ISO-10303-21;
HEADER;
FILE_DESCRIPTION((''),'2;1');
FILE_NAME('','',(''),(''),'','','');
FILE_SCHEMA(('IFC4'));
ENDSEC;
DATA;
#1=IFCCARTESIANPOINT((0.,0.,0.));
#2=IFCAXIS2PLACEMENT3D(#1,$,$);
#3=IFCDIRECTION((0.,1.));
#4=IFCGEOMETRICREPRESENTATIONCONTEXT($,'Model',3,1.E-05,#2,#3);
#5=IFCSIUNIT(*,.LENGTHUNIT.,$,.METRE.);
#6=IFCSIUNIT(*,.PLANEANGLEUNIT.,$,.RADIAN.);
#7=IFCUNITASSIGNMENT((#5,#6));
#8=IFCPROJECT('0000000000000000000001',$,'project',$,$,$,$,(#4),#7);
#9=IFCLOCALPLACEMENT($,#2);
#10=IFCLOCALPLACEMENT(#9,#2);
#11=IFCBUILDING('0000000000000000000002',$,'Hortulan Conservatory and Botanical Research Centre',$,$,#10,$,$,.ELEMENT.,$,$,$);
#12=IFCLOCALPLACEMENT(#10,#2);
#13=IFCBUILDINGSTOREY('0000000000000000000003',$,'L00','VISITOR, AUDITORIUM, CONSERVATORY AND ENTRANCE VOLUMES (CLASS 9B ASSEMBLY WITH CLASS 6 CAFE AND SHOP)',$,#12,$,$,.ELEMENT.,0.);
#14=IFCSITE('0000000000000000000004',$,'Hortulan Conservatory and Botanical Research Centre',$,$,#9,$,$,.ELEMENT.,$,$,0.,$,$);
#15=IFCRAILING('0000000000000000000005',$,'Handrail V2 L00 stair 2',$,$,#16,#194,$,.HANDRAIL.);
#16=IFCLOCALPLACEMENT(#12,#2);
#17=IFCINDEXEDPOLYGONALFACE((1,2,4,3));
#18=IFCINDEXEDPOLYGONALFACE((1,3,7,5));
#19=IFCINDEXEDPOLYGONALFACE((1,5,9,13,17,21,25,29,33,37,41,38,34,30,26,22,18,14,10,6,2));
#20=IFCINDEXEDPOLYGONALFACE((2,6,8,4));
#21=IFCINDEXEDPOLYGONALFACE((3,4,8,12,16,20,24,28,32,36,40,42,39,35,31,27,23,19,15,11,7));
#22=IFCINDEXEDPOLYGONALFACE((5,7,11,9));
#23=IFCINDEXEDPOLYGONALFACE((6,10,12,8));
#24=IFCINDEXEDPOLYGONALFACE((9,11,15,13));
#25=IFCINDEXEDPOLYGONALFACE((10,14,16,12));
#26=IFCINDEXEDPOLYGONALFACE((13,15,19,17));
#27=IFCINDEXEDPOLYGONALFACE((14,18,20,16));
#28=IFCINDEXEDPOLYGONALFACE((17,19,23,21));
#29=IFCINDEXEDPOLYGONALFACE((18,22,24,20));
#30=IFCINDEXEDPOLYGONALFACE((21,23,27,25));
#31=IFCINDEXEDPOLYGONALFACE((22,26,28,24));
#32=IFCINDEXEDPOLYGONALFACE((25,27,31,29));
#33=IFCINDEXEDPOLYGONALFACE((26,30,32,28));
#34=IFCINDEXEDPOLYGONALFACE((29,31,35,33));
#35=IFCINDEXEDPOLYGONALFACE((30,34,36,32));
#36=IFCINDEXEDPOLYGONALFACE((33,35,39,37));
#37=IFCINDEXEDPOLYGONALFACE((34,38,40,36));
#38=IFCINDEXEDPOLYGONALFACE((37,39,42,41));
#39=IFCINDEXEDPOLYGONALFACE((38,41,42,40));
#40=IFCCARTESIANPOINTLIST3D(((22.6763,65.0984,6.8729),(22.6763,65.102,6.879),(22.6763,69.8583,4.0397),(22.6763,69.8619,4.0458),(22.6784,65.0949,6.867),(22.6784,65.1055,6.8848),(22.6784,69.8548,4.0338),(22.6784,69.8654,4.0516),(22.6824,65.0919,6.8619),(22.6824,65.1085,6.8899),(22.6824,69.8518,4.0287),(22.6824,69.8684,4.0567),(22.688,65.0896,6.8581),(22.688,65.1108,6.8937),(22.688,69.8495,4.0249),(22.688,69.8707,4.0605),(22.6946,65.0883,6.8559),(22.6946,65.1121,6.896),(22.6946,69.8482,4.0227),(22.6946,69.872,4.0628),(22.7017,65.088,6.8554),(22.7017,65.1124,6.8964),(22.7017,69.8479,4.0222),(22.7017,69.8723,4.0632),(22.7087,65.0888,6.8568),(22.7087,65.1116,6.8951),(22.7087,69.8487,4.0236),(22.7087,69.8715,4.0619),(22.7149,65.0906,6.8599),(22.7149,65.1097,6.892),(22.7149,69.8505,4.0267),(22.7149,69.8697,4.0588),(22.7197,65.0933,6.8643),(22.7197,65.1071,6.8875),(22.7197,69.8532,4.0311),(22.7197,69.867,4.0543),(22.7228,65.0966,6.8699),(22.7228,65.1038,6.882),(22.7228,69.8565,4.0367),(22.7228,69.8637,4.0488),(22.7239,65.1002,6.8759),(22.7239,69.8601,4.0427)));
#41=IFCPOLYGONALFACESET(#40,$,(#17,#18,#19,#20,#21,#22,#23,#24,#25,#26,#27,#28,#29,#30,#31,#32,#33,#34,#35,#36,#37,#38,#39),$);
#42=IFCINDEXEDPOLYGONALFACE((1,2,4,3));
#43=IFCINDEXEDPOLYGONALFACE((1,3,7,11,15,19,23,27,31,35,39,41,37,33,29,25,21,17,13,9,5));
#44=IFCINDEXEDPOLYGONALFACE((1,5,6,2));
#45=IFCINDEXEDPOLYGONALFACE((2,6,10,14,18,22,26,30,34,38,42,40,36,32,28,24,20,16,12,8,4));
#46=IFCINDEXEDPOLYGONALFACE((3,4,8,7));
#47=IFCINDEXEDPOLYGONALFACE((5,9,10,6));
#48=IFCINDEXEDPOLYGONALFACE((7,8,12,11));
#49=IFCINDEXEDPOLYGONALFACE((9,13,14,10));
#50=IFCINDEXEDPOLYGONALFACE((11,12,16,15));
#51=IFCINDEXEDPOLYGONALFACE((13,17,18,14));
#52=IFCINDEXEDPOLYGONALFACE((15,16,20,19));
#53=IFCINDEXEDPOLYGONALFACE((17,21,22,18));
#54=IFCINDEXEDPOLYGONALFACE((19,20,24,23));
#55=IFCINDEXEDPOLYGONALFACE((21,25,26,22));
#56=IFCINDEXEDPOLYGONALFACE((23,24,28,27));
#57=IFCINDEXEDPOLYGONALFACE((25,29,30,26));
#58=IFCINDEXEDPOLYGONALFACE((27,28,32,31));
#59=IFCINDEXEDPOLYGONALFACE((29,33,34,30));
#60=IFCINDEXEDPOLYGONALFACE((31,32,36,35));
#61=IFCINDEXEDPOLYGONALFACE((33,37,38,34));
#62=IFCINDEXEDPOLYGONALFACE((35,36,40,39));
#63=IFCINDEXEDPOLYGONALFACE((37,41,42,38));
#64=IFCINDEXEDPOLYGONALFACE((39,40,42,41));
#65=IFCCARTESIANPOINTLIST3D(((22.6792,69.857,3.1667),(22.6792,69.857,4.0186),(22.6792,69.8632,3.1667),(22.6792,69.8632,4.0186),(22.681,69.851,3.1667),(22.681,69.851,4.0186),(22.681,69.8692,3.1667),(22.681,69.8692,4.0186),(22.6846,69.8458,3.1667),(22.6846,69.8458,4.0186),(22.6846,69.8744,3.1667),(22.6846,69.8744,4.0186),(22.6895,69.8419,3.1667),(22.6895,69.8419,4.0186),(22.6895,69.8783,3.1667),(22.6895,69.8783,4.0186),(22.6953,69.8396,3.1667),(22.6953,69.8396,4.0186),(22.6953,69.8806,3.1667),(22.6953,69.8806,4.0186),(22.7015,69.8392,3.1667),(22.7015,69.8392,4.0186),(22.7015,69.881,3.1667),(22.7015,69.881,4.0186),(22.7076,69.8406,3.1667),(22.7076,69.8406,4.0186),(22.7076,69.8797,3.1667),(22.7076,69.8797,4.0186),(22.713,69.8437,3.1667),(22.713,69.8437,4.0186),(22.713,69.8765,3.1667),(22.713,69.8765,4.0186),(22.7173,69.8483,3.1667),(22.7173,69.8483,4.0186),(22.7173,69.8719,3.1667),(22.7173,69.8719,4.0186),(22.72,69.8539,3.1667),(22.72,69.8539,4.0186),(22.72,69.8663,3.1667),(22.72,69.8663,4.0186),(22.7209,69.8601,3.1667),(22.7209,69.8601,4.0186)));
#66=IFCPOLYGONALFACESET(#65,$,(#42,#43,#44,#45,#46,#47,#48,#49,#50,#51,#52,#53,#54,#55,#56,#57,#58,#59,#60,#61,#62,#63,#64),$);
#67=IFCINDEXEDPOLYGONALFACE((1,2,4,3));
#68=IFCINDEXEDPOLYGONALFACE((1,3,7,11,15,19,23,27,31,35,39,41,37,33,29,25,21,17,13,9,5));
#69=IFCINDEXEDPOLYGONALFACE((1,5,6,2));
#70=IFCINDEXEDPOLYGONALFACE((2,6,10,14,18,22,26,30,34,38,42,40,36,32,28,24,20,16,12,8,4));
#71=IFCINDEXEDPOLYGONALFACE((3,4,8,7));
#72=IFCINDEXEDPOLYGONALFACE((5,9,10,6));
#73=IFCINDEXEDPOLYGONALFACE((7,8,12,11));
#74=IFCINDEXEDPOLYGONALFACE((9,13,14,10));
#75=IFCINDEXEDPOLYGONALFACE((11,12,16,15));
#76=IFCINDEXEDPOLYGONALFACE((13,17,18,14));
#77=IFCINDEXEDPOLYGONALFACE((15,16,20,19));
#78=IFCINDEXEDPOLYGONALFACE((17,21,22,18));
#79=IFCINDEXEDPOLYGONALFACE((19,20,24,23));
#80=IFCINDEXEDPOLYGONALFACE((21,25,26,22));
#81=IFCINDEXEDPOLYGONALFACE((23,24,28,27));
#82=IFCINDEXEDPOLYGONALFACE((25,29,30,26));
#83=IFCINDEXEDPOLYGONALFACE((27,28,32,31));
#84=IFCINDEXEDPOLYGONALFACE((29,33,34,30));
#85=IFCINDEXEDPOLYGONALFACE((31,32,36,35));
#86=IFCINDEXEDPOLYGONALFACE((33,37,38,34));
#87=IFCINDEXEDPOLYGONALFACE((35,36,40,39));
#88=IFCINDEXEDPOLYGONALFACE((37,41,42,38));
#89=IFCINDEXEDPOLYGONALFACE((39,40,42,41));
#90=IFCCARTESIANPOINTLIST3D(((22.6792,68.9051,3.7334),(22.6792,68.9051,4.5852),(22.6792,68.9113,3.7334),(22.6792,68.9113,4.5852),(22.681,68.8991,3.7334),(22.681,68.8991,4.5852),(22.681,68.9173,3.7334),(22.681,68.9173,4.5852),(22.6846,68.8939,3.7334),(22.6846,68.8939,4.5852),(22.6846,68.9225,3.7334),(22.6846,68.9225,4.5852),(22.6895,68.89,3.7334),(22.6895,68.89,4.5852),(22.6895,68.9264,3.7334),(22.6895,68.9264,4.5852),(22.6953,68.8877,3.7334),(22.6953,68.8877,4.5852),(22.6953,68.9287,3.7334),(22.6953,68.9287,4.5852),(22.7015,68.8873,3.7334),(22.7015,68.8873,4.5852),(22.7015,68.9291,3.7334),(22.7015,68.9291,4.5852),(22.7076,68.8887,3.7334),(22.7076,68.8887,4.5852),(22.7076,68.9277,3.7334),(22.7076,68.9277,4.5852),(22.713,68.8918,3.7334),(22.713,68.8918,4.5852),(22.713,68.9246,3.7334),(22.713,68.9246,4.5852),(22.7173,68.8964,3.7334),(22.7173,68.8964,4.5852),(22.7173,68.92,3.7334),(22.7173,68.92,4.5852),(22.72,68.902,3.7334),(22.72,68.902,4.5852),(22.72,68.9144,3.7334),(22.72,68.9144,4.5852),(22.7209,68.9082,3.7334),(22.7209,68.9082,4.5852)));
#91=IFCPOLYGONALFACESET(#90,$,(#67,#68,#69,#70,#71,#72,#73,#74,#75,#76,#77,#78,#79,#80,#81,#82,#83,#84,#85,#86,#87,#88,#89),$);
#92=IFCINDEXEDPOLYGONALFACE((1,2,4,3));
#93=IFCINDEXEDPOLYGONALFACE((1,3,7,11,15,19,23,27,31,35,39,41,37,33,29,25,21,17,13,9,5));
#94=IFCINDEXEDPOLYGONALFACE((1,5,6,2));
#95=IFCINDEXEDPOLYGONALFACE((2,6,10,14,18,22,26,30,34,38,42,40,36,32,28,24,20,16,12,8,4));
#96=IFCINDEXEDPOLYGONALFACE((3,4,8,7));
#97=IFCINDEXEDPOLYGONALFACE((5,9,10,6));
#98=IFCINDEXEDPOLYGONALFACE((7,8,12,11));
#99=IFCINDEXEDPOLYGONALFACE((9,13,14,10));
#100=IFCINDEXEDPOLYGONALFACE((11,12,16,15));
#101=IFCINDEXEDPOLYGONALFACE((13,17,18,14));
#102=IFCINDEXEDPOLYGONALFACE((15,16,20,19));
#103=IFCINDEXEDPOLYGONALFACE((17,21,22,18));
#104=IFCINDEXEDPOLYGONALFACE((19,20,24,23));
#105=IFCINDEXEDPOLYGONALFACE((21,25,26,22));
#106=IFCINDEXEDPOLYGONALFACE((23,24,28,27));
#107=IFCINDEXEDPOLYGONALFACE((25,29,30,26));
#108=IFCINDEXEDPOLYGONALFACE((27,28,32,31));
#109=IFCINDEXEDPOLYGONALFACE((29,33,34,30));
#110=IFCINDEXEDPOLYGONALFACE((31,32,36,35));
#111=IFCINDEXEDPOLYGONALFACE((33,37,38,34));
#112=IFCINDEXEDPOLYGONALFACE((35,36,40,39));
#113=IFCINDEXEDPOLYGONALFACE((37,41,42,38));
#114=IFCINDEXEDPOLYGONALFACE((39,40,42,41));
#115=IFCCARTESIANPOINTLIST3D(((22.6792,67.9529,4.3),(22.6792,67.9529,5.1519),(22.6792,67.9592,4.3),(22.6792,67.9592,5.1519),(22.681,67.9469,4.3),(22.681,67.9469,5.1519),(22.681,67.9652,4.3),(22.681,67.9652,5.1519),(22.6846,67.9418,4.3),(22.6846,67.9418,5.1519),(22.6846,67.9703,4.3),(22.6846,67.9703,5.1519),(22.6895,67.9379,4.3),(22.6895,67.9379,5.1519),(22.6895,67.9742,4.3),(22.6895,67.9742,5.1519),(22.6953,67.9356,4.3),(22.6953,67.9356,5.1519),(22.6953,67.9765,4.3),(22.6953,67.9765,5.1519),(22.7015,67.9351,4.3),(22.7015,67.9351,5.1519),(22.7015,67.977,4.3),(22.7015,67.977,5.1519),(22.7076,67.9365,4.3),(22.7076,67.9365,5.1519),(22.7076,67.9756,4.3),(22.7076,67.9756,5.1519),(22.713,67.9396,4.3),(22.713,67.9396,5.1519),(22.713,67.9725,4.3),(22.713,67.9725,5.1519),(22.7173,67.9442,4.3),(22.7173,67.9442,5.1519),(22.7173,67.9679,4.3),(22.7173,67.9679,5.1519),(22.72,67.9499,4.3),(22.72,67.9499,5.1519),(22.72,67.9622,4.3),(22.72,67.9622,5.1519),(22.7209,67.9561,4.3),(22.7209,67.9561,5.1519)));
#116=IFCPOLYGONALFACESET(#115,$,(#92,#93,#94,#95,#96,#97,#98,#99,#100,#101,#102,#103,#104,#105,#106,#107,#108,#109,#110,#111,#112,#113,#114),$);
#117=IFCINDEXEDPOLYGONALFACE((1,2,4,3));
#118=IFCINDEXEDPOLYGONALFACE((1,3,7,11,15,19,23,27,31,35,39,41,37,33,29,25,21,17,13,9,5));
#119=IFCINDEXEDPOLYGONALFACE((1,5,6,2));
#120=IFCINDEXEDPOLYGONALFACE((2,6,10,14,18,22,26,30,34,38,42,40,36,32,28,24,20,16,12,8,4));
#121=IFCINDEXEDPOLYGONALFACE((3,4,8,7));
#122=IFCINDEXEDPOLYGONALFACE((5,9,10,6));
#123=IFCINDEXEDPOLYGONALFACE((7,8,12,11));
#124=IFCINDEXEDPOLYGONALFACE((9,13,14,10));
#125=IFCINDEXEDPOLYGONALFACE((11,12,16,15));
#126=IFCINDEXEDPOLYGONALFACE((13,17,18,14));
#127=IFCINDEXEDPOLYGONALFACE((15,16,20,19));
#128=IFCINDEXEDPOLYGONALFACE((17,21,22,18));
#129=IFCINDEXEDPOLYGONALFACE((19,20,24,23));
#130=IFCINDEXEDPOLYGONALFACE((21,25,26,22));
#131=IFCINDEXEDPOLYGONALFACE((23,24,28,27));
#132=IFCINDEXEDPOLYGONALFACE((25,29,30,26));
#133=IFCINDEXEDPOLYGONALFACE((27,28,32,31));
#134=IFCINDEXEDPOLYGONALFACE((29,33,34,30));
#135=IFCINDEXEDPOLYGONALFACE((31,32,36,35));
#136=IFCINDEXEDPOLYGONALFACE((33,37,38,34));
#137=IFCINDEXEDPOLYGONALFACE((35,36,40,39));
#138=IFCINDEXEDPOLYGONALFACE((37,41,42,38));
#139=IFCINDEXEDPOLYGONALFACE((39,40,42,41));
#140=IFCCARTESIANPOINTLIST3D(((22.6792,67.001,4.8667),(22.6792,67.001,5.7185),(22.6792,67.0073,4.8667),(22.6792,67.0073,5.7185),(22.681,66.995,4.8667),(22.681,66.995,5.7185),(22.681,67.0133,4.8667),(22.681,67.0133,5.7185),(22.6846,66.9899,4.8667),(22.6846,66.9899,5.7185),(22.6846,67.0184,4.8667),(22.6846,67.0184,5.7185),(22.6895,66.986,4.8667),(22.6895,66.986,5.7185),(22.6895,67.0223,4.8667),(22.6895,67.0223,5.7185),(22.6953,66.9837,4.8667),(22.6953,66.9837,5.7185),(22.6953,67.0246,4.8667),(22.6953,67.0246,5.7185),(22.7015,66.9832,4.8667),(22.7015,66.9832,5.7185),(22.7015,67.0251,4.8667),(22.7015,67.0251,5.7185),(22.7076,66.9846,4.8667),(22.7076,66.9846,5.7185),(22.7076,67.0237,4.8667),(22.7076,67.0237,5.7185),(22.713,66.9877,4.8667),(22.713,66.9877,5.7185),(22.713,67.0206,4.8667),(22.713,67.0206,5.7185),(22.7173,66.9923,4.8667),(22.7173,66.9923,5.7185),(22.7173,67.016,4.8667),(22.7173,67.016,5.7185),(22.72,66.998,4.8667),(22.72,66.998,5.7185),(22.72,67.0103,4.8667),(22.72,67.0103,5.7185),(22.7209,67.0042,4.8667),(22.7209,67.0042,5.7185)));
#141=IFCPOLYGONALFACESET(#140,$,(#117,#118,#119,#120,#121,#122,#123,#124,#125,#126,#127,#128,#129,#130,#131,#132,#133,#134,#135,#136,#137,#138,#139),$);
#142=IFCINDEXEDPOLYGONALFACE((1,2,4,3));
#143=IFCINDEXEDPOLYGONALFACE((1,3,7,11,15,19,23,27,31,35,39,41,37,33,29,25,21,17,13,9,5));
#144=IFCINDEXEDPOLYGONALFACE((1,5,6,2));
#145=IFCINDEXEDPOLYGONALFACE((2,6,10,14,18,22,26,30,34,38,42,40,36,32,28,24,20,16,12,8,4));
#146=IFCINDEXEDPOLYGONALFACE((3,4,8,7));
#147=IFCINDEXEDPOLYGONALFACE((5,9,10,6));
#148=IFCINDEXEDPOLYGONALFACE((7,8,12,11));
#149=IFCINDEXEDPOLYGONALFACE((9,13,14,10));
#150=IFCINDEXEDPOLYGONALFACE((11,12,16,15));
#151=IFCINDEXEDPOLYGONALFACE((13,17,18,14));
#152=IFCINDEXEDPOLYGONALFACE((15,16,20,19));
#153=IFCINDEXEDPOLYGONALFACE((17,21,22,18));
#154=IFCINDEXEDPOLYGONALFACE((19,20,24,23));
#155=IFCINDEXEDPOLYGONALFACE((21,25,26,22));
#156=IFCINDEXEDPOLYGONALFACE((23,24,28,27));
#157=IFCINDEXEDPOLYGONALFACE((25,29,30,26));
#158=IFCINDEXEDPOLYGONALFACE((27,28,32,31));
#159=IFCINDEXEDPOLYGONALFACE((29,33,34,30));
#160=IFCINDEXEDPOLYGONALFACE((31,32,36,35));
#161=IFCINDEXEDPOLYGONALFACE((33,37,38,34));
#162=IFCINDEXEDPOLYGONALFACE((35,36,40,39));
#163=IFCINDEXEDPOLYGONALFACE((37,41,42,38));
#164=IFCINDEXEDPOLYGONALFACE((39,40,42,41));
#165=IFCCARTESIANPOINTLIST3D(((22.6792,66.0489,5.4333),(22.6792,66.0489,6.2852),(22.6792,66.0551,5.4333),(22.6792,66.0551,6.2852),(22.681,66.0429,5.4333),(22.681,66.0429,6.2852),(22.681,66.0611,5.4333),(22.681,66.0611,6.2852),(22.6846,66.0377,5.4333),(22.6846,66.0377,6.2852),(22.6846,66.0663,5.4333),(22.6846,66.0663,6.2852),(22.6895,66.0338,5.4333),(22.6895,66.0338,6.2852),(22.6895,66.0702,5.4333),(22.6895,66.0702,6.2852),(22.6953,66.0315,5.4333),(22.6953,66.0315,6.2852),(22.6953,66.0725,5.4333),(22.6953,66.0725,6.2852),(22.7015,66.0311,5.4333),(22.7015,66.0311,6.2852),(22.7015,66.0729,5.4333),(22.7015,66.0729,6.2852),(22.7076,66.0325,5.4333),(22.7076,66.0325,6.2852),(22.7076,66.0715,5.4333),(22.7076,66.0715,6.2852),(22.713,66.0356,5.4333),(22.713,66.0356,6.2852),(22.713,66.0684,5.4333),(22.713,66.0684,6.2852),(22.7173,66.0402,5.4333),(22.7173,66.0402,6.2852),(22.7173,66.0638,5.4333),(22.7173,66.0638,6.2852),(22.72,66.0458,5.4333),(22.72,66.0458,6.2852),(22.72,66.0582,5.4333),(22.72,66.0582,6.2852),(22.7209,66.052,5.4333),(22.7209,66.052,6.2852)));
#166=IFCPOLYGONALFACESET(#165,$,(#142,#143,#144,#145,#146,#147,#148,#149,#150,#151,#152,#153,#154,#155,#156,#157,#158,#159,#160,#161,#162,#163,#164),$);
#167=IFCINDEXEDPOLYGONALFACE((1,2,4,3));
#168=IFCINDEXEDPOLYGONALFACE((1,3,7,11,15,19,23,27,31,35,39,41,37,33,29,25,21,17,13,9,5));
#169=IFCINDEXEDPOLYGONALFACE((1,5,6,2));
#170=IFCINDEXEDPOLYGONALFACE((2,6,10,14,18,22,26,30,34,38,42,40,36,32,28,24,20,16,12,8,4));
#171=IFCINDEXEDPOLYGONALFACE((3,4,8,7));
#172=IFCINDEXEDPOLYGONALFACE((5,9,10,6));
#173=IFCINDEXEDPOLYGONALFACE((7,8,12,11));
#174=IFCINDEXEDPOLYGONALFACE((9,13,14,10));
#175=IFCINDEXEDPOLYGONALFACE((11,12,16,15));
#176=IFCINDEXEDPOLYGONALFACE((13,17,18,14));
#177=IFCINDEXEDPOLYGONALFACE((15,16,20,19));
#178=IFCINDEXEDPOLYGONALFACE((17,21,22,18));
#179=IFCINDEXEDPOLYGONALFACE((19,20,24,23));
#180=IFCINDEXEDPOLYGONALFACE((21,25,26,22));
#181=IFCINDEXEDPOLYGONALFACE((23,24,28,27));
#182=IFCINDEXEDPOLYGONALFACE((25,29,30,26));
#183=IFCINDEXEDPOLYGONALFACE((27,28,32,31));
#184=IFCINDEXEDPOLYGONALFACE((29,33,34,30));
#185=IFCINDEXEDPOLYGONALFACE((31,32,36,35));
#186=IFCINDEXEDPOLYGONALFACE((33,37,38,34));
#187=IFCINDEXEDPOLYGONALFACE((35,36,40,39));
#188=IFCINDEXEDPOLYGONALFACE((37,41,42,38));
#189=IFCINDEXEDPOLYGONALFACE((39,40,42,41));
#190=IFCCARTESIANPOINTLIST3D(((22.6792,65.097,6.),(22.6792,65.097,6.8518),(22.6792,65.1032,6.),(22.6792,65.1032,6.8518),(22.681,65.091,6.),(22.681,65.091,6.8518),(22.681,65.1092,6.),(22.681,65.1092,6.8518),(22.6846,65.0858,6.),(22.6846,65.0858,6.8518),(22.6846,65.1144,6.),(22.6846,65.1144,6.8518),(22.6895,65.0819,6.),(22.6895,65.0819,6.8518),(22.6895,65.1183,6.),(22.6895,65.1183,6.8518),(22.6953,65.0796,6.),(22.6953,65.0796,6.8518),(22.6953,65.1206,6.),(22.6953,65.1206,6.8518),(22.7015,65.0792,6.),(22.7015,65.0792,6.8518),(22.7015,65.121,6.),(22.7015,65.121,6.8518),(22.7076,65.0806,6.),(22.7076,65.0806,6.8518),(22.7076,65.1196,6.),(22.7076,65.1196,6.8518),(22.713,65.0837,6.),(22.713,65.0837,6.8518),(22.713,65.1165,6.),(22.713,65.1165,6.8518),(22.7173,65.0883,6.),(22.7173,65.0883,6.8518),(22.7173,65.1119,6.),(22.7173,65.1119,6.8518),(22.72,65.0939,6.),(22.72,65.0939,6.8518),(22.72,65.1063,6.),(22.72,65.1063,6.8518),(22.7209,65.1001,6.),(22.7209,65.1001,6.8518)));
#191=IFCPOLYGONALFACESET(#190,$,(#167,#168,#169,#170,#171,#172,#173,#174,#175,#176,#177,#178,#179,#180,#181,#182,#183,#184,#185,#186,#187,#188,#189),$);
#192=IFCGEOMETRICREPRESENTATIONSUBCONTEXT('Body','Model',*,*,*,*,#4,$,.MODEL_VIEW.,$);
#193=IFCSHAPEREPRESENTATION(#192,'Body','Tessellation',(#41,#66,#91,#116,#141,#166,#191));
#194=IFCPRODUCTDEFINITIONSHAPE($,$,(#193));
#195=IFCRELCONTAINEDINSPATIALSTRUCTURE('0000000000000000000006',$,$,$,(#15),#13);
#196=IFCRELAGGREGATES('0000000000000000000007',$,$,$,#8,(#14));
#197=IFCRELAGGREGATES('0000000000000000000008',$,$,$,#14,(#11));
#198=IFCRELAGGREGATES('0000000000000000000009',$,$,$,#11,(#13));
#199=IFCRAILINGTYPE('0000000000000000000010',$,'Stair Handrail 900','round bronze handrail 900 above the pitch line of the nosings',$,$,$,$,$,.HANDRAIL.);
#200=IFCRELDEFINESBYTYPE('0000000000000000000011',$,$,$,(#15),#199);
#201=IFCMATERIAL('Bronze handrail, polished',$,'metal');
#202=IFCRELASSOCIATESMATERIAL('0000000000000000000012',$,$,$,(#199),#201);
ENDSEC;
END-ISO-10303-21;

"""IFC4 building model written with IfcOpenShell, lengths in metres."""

from ifc_helpers import new_model, si_unit, direction, frame, origin, origin_2d, place, context, subcontext, project, spatial, circle, extrude, material, type_object, element, save


model = new_model("IFC4")

# Units and contexts
model_context = context("Model", 3, precision=1e-05, world=origin(), true_north=direction((0.0, 1.0)))
body_context = subcontext(model_context, "Body", "Model", "MODEL_VIEW")
ifc_project = project(units=[si_unit("LENGTHUNIT", "METRE"), si_unit("PLANEANGLEUNIT", "RADIAN")], contexts=[model_context])

# Site, building, storey
site_placement = place(None, origin())
site = spatial("IfcSite", under=ifc_project, at=site_placement, Name="Hortulan Conservatory and Botanical Research Centre", CompositionType="ELEMENT", RefElevation=0.0)
building_placement = place(site_placement, origin())
building = spatial("IfcBuilding", under=site, at=building_placement, Name="Hortulan Conservatory and Botanical Research Centre", CompositionType="ELEMENT")
storey_placement = place(building_placement, origin())
storey = spatial("IfcBuildingStorey", under=building, at=storey_placement, Name="L00", Description="VISITOR, AUDITORIUM, CONSERVATORY AND ENTRANCE VOLUMES (CLASS 9B ASSEMBLY WITH CLASS 6 CAFE AND SHOP)", CompositionType="ELEMENT", Elevation=0.0)

# Railing
ifc_material_1 = material(Name="Bronze handrail, polished", Category="metal")
railing_type_1 = type_object("IfcRailingType", Name="Stair Handrail 900", Description="round bronze handrail 900 above the pitch line of the nosings", PredefinedType="HANDRAIL", material=ifc_material_1)
railing_1_placement = place(storey_placement, frame((22.7, 69.8601, 3.1667)))
element("IfcRailing", 1, at=railing_1_placement, inside=storey, type_object=railing_type_1, Name="Handrail V2 L00 stair 2", PredefinedType="HANDRAIL", context=body_context, shape_type="SweptSolid", body=[
    extrude(circle(Radius=0.0239, at=origin_2d()), frame((0.0, 0.0, 0.876), z_axis=(0.0, -0.8593, 0.511472), x_axis=(1.0, 0.0, 0.0)), (0.0, 0.0, 1.0), 5.5393),
    extrude(circle(Radius=0.021, at=origin_2d()), origin(), (0.0, 0.0, 1.0), 0.8518),
    extrude(circle(Radius=0.021, at=origin_2d()), frame((0.0, -0.9519, 0.5667)), (0.0, 0.0, 1.0), 0.8518),
    extrude(circle(Radius=0.021, at=origin_2d()), frame((0.0, -1.9041, 1.1333)), (0.0, 0.0, 1.0), 0.8518),
    extrude(circle(Radius=0.021, at=origin_2d()), frame((0.0, -2.856, 1.7)), (0.0, 0.0, 1.0), 0.8518),
    extrude(circle(Radius=0.021, at=origin_2d()), frame((0.0, -3.8081, 2.2666)), (0.0, 0.0, 1.0), 0.8518),
    extrude(circle(Radius=0.021, at=origin_2d()), frame((0.0, -4.76, 2.8333)), (0.0, 0.0, 1.0), 0.8518),
])

save(model, "model.ifc")
